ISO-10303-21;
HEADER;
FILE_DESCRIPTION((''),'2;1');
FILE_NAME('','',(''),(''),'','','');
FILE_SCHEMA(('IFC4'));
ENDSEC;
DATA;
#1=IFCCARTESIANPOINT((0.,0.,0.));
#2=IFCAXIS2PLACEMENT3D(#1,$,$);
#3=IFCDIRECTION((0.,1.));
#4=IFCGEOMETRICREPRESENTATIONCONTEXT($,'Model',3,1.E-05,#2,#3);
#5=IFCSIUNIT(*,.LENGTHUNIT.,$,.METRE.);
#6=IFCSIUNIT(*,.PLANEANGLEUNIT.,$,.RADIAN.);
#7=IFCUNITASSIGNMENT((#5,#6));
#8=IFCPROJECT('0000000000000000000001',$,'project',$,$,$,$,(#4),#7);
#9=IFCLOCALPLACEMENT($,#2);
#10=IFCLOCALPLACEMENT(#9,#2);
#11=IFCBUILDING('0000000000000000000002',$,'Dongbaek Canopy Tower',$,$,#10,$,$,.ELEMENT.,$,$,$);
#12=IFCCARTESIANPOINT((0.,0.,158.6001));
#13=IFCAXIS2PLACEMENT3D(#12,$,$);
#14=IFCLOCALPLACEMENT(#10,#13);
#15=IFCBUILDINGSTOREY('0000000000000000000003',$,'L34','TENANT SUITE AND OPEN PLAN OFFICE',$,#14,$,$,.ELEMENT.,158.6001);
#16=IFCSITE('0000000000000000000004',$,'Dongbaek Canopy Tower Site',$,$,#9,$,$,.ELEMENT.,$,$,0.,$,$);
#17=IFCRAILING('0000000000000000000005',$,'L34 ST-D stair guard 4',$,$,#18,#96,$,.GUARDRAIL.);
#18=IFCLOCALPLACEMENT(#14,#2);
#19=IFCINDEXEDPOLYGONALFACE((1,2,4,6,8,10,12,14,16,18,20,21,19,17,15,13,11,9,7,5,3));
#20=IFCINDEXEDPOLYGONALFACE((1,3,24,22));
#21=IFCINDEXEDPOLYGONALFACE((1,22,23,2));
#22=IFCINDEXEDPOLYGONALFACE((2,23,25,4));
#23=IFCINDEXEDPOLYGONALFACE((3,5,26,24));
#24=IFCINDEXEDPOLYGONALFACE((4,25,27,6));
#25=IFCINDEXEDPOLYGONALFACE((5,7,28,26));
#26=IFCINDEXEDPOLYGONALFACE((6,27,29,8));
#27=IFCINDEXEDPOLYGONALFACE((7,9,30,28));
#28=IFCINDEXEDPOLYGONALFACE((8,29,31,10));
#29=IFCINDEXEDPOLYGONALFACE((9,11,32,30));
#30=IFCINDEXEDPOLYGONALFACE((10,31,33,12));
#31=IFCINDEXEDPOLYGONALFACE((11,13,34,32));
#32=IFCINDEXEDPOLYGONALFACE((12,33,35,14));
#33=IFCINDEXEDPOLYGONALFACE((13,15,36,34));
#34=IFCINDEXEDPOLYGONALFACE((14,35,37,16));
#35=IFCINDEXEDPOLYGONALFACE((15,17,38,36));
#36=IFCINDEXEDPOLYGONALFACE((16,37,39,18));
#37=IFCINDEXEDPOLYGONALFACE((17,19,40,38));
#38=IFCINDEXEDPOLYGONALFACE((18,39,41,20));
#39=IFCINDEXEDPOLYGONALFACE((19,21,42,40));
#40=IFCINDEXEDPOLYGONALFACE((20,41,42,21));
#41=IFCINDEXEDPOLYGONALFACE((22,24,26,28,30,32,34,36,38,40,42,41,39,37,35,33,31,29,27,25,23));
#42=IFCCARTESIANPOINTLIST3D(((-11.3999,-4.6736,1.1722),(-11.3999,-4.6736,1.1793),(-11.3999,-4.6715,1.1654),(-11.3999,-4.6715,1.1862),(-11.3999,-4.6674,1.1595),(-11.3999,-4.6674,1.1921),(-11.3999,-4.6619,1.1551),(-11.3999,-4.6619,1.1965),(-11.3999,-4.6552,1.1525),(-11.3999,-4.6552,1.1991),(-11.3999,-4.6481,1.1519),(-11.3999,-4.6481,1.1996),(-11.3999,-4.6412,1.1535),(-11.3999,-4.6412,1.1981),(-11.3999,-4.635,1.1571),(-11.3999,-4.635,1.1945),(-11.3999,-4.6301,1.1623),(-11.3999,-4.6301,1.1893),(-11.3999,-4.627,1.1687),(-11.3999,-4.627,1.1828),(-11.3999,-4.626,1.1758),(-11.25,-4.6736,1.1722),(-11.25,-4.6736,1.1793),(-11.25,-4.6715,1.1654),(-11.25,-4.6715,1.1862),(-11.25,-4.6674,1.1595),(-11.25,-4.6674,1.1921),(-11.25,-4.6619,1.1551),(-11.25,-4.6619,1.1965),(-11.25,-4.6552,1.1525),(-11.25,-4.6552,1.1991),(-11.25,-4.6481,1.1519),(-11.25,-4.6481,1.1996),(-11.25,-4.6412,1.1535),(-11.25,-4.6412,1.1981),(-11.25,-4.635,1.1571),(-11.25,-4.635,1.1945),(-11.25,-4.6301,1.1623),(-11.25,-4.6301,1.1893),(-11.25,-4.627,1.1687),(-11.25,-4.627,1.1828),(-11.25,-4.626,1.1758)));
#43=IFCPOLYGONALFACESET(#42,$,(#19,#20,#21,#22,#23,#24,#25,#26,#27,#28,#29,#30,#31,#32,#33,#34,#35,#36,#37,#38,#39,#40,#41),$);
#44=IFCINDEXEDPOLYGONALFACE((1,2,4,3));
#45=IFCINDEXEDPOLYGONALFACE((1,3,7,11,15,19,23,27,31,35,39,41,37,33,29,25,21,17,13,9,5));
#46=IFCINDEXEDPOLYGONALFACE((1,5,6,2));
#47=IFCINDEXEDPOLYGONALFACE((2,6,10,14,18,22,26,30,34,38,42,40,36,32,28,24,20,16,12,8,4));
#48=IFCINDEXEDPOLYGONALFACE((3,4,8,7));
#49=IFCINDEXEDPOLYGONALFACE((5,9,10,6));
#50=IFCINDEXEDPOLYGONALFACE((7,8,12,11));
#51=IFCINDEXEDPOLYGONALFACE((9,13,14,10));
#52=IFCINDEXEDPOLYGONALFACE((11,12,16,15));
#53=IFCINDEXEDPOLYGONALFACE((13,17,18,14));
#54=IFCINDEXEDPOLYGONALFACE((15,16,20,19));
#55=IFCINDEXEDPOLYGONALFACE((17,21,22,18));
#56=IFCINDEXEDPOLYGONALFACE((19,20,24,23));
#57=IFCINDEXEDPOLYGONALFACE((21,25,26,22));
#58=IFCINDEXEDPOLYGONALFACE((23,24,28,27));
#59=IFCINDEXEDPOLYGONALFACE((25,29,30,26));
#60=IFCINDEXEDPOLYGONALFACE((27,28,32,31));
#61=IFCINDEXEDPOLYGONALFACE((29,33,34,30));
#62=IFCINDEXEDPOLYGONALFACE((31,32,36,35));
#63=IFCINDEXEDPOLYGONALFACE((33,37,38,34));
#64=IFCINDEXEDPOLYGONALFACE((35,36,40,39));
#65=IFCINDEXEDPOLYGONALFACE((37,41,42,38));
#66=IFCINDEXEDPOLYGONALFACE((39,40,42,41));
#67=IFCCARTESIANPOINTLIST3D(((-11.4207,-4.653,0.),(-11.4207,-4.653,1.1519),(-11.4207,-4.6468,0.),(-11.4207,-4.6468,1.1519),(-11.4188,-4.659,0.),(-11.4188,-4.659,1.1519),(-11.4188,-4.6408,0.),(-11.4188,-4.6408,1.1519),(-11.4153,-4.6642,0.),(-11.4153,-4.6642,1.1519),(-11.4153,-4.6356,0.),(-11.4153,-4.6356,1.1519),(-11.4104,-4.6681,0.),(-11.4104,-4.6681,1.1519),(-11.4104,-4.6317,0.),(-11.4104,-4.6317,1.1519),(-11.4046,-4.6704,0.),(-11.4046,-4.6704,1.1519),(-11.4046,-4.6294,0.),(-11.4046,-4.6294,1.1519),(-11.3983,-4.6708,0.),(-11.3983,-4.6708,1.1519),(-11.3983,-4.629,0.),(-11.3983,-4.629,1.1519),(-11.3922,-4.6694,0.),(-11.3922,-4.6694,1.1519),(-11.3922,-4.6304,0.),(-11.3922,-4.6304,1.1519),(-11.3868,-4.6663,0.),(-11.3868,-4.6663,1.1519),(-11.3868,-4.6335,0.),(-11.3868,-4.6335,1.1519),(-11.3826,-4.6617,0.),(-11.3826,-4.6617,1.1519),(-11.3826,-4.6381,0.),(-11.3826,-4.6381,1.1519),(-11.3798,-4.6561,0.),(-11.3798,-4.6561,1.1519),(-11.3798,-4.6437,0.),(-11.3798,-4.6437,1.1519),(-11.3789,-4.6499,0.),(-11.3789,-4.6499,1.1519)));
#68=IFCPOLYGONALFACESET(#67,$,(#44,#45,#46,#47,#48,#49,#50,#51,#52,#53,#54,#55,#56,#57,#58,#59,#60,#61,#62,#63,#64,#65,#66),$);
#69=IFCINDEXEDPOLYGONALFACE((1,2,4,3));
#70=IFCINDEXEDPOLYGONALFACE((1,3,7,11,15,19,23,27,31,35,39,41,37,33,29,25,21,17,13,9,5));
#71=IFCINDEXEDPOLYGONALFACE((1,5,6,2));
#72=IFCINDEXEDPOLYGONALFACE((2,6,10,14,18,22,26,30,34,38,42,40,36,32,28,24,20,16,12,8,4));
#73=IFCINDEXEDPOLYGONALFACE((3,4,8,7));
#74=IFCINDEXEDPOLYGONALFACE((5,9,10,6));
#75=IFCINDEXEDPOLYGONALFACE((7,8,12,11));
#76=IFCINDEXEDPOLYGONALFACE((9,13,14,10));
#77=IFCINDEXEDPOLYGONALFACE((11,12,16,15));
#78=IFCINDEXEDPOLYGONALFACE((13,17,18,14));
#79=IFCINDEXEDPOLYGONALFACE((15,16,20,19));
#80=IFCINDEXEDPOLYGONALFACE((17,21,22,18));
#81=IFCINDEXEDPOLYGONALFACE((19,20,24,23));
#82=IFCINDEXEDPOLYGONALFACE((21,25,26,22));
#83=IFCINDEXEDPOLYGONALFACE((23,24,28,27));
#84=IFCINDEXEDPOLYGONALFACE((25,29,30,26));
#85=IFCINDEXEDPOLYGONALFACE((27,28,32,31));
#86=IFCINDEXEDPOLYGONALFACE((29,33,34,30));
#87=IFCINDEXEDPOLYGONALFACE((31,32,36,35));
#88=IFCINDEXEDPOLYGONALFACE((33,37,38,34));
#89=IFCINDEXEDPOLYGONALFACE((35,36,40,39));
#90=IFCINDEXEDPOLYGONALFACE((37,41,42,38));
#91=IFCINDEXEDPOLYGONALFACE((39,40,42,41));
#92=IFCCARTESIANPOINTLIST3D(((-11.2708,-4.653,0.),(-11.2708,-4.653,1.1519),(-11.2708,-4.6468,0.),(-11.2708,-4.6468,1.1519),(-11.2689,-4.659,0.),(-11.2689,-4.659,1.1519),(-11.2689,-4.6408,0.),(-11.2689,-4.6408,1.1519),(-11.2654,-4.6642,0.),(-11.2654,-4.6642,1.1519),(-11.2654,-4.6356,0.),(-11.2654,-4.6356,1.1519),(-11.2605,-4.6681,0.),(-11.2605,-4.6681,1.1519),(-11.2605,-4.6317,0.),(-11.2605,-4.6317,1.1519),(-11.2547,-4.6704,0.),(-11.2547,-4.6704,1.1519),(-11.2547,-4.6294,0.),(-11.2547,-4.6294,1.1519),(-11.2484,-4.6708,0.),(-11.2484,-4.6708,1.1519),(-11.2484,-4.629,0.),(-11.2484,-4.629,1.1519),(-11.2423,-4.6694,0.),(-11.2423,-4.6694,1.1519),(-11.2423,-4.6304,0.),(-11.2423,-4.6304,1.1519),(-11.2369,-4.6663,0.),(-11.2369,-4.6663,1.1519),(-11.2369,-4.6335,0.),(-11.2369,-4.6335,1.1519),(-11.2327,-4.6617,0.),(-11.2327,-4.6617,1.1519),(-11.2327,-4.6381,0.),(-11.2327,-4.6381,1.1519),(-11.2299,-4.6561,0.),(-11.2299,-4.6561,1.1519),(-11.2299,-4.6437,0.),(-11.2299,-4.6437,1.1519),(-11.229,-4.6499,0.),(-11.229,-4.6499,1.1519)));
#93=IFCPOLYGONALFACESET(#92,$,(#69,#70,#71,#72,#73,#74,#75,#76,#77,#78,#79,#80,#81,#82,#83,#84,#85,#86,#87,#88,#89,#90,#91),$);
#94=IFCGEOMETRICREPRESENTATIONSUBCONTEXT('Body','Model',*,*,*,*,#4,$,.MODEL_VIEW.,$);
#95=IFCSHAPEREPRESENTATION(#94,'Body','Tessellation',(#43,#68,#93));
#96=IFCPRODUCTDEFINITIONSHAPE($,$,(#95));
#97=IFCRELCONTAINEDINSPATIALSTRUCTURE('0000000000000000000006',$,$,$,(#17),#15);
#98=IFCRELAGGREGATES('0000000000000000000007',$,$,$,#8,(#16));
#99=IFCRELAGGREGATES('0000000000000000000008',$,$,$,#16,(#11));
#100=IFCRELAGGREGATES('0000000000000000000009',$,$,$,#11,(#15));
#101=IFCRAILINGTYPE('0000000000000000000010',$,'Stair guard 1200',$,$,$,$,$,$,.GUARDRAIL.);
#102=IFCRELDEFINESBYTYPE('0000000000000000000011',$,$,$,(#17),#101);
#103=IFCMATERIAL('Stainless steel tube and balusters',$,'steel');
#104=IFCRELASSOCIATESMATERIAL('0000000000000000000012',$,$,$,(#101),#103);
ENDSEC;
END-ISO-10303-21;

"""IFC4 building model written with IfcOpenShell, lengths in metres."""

from ifc_helpers import new_model, si_unit, direction, frame, origin, origin_2d, place, context, subcontext, project, spatial, circle, extrude, material, type_object, element, save


model = new_model("IFC4")

# Units and contexts
model_context = context("Model", 3, precision=1e-05, world=origin(), true_north=direction((0.0, 1.0)))
body_context = subcontext(model_context, "Body", "Model", "MODEL_VIEW")
ifc_project = project(units=[si_unit("LENGTHUNIT", "METRE"), si_unit("PLANEANGLEUNIT", "RADIAN")], contexts=[model_context])

# Site, building, storey
site_placement = place(None, origin())
site = spatial("IfcSite", under=ifc_project, at=site_placement, Name="Dongbaek Canopy Tower Site", CompositionType="ELEMENT", RefElevation=0.0)
building_placement = place(site_placement, origin())
building = spatial("IfcBuilding", under=site, at=building_placement, Name="Dongbaek Canopy Tower", CompositionType="ELEMENT")
storey_placement = place(building_placement, frame((0.0, 0.0, 158.6001)))
storey = spatial("IfcBuildingStorey", under=building, at=storey_placement, Name="L34", Description="TENANT SUITE AND OPEN PLAN OFFICE", CompositionType="ELEMENT", Elevation=158.6001)

# Railing
ifc_material_1 = material(Name="Stainless steel tube and balusters", Category="steel")
railing_type_1 = type_object("IfcRailingType", Name="Stair guard 1200", PredefinedType="GUARDRAIL", material=ifc_material_1)
railing_1_placement = place(storey_placement, frame((-11.3999, -4.6499, 0.0)))
element("IfcRailing", 1, at=railing_1_placement, inside=storey, type_object=railing_type_1, Name="L34 ST-D stair guard 4", PredefinedType="GUARDRAIL", context=body_context, shape_type="SweptSolid", body=[
    extrude(circle(Radius=0.0239, at=origin_2d()), frame((0.0, 0.0, 1.1758), z_axis=(1.0, 0.0, 0.0), x_axis=(0.0, 1.0, 0.0)), (0.0, 0.0, 1.0), 0.1499),
    extrude(circle(Radius=0.021, at=origin_2d()), origin(), (0.0, 0.0, 1.0), 1.1519),
    extrude(circle(Radius=0.021, at=origin_2d()), frame((0.1499, 0.0, 0.0)), (0.0, 0.0, 1.0), 1.1519),
])

save(model, "model.ifc")
